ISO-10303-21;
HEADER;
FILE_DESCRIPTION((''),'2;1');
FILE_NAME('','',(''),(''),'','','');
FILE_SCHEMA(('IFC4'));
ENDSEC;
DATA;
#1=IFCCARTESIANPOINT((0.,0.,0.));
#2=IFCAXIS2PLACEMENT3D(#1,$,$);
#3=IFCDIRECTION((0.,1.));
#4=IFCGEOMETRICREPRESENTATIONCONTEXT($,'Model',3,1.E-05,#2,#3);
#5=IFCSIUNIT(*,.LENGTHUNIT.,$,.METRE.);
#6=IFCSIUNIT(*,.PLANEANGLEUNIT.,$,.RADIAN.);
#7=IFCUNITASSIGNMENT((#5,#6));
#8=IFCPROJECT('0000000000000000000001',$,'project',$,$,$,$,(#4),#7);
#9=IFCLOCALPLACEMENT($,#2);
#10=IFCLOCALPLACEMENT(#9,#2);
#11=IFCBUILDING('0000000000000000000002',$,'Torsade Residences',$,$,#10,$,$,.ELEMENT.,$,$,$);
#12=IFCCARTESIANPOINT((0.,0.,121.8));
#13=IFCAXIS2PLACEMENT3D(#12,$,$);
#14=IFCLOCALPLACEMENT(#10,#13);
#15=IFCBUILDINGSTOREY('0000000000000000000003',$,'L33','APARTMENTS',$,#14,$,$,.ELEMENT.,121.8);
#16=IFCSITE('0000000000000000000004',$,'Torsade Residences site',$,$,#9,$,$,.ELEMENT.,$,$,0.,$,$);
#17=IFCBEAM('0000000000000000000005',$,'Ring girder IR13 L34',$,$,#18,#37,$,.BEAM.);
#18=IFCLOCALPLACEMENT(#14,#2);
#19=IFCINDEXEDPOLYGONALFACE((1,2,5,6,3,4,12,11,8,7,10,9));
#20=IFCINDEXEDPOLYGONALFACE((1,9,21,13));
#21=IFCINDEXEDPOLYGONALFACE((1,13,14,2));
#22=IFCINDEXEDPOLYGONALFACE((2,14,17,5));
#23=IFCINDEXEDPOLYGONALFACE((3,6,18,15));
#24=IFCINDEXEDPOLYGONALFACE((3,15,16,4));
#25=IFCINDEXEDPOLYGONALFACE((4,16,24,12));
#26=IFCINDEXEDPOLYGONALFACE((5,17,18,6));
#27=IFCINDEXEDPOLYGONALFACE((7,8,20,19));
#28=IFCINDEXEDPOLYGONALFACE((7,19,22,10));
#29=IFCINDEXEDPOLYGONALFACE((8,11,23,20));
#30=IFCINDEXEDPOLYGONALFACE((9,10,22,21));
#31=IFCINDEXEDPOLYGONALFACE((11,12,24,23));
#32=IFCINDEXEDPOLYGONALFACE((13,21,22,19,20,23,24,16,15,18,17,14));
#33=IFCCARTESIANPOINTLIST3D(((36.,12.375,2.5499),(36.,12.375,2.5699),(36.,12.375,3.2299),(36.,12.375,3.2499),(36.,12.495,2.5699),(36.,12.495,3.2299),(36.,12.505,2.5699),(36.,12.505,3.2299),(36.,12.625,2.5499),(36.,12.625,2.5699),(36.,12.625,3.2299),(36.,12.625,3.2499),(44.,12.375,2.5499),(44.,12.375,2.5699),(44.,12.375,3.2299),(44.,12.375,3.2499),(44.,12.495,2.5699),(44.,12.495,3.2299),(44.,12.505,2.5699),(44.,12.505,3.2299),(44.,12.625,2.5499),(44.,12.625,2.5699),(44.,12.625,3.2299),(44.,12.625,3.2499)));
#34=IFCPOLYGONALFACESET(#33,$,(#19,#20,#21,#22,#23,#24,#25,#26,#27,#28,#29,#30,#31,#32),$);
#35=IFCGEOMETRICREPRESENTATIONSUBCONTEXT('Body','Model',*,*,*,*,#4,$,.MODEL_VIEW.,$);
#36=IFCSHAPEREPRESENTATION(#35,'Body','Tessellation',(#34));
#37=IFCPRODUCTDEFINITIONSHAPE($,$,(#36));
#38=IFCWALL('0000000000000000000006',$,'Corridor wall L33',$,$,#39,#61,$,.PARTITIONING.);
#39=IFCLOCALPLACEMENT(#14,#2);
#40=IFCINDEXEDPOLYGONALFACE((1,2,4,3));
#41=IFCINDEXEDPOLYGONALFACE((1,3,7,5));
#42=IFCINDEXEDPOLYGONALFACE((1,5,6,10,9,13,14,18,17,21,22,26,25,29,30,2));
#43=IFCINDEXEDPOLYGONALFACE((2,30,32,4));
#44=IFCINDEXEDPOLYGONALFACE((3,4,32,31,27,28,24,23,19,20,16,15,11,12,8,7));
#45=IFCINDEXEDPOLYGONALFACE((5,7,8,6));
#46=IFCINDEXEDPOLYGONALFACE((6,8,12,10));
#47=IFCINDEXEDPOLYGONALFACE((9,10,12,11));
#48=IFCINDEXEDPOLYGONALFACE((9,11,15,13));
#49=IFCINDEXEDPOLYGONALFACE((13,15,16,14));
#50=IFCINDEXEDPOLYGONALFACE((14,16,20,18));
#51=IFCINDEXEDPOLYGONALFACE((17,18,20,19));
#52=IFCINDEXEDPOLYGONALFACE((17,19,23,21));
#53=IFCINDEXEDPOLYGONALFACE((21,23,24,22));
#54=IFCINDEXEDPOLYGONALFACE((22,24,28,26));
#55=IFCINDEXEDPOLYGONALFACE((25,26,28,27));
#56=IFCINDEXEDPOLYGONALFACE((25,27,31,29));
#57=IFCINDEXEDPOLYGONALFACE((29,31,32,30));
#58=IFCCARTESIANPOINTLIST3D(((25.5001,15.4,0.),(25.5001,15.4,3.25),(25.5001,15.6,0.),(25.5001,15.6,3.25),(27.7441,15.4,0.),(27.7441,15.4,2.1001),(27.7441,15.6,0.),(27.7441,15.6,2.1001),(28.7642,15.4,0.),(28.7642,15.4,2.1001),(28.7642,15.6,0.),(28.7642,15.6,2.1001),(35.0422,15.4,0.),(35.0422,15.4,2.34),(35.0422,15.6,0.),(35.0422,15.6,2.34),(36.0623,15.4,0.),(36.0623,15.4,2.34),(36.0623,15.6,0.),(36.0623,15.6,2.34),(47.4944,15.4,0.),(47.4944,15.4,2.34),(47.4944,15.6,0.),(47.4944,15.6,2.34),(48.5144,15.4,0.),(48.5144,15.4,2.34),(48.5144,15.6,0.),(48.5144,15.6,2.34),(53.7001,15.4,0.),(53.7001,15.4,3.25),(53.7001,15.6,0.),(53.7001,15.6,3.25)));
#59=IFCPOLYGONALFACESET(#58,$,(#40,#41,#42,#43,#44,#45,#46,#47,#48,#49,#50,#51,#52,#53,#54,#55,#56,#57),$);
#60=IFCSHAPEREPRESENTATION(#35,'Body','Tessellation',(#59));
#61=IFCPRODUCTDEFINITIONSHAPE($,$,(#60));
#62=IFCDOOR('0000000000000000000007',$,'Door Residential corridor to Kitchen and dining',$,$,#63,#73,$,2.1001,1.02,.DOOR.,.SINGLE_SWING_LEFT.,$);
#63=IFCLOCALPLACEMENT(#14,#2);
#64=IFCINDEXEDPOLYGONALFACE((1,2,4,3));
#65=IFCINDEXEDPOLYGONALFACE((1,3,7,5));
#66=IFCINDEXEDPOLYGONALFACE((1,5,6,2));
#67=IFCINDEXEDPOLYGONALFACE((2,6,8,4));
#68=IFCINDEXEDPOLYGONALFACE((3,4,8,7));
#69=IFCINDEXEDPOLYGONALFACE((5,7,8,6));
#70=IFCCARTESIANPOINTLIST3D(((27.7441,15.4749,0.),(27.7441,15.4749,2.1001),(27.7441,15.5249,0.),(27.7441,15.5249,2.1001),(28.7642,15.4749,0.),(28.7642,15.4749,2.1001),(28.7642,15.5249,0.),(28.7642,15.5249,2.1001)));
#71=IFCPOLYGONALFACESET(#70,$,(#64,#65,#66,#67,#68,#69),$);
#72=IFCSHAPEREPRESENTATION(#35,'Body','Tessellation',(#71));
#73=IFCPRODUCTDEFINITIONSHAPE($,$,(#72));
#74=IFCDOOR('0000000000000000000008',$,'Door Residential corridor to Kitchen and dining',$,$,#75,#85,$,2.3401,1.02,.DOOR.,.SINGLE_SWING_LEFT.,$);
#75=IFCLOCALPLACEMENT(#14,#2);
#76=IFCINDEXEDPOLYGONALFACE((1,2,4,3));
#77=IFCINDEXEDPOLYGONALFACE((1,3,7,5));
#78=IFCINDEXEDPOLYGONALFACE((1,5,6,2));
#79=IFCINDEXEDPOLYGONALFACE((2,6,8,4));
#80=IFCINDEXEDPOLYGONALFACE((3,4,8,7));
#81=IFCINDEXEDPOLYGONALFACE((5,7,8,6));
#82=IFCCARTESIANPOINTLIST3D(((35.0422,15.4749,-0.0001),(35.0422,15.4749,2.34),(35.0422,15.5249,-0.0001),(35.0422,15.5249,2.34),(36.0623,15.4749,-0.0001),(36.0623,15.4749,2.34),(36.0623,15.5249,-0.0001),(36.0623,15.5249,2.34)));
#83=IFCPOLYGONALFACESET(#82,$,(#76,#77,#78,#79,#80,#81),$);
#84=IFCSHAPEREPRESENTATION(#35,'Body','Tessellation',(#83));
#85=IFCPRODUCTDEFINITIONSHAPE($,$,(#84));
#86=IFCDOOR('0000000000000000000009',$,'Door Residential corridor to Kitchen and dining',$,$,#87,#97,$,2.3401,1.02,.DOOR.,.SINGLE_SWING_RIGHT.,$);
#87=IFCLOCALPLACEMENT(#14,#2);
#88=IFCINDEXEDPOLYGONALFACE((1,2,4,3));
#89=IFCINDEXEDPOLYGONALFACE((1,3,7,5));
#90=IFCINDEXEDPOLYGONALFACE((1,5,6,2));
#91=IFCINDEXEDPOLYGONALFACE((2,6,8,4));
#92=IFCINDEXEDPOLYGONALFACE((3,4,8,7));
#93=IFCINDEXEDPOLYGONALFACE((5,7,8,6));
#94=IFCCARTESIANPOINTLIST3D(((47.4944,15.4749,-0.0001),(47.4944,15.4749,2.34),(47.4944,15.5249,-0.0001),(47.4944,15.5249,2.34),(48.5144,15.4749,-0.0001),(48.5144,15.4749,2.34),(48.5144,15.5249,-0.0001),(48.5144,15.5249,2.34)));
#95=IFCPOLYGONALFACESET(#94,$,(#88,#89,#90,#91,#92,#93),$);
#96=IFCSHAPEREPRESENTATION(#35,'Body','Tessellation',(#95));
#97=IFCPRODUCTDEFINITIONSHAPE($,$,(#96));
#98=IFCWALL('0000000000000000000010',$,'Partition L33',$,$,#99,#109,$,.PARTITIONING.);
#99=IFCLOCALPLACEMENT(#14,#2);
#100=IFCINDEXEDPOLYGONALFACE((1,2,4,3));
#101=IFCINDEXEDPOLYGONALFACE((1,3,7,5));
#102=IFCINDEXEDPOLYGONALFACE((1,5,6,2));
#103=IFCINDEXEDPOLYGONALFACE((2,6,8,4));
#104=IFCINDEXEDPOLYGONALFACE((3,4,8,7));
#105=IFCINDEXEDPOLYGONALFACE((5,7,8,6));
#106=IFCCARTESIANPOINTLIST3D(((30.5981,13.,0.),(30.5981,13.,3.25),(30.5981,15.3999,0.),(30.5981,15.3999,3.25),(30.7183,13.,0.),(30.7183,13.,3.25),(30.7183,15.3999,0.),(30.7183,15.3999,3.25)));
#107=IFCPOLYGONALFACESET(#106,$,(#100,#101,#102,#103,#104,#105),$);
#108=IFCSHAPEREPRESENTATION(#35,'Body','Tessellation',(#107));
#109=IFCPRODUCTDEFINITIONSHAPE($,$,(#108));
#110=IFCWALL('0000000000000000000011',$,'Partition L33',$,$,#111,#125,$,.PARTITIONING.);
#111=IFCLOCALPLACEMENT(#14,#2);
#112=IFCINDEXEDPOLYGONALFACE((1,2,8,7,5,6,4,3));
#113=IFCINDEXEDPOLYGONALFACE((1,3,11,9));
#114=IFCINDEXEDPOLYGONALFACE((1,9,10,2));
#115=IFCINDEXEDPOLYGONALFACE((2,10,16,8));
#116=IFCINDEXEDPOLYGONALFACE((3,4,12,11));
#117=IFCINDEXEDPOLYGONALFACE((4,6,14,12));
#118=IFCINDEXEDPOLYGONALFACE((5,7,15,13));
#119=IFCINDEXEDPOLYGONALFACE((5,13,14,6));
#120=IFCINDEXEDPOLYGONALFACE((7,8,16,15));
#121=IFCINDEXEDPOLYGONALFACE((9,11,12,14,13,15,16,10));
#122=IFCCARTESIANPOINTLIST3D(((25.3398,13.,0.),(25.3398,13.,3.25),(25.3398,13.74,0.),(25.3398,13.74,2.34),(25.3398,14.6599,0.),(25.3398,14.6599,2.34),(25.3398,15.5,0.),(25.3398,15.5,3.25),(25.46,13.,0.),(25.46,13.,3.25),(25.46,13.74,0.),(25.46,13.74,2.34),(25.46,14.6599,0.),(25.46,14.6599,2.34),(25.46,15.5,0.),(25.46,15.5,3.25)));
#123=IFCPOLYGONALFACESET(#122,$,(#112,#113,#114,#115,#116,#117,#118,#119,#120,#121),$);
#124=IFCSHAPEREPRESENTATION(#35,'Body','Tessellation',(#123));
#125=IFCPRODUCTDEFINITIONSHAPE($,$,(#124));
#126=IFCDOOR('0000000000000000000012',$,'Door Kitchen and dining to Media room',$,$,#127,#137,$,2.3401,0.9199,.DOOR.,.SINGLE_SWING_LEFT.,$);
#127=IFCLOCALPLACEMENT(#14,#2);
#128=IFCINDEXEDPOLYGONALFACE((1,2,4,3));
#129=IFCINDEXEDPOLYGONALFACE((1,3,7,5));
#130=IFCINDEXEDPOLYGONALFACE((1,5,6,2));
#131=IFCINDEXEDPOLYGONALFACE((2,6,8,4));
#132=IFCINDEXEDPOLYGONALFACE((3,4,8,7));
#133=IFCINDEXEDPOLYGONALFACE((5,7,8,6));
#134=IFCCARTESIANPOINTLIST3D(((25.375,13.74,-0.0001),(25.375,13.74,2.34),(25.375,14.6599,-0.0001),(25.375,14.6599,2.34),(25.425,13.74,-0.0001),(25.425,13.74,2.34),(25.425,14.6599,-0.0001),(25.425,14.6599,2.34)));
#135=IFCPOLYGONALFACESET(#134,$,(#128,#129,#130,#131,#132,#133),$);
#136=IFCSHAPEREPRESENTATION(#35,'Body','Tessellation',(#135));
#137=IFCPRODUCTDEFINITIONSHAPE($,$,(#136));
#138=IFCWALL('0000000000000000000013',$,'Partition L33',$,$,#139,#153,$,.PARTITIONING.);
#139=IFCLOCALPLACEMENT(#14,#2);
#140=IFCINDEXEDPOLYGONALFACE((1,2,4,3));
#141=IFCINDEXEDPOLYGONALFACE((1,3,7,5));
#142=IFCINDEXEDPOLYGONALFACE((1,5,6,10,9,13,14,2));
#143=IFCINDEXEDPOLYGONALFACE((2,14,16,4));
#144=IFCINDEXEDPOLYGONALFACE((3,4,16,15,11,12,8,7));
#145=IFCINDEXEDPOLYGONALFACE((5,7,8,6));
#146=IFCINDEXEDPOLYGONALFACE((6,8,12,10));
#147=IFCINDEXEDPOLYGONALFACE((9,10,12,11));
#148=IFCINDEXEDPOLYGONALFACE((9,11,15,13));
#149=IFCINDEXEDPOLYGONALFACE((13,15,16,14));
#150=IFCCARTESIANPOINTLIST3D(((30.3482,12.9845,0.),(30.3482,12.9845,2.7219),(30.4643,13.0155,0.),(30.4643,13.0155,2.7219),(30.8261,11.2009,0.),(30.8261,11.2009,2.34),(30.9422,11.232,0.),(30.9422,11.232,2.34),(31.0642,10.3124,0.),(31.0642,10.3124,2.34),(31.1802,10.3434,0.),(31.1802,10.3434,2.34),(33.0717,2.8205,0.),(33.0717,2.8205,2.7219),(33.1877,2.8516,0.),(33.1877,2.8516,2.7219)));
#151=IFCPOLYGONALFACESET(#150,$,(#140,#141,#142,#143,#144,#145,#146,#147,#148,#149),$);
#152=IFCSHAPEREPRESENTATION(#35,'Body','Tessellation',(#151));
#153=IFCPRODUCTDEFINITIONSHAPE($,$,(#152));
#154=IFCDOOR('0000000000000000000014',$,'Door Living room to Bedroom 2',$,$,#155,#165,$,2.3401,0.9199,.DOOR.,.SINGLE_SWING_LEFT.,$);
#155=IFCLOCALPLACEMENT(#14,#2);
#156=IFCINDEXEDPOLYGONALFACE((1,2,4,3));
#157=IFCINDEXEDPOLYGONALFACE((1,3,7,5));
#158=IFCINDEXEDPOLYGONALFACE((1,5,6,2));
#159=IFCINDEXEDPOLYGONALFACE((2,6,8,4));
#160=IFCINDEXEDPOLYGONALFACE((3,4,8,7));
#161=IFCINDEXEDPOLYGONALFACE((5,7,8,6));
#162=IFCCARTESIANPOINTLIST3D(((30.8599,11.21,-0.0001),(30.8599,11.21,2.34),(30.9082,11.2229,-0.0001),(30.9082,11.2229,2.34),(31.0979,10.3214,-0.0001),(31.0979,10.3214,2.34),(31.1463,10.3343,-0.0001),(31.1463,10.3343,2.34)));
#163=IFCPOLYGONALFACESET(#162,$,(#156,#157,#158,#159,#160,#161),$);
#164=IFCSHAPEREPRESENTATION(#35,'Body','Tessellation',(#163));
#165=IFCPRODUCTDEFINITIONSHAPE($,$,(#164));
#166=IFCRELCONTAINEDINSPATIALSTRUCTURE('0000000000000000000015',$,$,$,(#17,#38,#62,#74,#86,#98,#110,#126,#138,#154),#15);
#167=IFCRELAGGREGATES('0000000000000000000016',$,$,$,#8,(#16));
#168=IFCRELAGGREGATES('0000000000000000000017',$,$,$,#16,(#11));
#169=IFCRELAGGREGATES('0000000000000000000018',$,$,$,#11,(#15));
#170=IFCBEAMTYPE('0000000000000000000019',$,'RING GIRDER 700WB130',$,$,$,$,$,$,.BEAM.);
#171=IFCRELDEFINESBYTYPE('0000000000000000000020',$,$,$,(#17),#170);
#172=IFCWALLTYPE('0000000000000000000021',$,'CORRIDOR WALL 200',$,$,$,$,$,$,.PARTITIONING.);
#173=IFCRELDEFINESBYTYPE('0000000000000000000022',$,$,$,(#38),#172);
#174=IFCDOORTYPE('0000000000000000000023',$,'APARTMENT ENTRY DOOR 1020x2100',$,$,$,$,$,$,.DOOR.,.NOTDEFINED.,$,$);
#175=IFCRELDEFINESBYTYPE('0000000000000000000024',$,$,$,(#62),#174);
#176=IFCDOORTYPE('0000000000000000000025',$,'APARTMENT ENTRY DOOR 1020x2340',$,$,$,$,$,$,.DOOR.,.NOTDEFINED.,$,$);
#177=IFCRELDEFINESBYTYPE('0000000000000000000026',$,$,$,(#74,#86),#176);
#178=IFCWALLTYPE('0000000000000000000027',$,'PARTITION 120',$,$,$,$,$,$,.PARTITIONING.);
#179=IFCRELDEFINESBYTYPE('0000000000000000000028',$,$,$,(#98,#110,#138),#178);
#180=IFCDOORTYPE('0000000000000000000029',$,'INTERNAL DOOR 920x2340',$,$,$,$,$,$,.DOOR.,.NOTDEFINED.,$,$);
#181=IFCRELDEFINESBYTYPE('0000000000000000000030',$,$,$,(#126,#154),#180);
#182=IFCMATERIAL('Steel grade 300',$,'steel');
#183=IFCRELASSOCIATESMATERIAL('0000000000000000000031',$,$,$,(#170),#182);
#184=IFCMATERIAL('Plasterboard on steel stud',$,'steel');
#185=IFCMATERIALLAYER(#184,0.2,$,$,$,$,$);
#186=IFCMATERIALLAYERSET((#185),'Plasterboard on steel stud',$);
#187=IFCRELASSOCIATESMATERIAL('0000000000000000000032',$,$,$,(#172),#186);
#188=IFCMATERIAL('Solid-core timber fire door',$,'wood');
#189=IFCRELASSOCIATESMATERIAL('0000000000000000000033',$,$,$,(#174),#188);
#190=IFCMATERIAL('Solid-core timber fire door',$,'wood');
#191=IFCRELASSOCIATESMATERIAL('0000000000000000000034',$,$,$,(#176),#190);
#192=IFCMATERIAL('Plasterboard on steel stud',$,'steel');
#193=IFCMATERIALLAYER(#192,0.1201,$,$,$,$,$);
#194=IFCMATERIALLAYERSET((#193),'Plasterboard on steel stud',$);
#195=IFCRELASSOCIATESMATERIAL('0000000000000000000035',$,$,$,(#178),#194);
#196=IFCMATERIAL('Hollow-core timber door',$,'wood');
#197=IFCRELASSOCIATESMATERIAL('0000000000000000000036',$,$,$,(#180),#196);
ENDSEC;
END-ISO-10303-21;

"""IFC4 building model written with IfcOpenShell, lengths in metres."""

from ifc_helpers import new_model, si_unit, direction, frame, frame_2d, origin, origin_2d, place, context, subcontext, project, spatial, rectangle, i_section, extrude, material, layer, layer_set, material_profile, profile_set, type_object, element, fill, save


model = new_model("IFC4")

# Units and contexts
model_context = context("Model", 3, precision=1e-05, world=origin(), true_north=direction((0.0, 1.0)))
body_context = subcontext(model_context, "Body", "Model", "MODEL_VIEW")
ifc_project = project(units=[si_unit("LENGTHUNIT", "METRE"), si_unit("PLANEANGLEUNIT", "RADIAN")], contexts=[model_context])

# Site, building, storey
site_placement = place(None, origin())
site = spatial("IfcSite", under=ifc_project, at=site_placement, Name="Torsade Residences site", CompositionType="ELEMENT", RefElevation=0.0)
building_placement = place(site_placement, origin())
building = spatial("IfcBuilding", under=site, at=building_placement, Name="Torsade Residences", CompositionType="ELEMENT")
storey_placement = place(building_placement, frame((0.0, 0.0, 121.8)))
storey = spatial("IfcBuildingStorey", under=building, at=storey_placement, Name="L33", Description="APARTMENTS", CompositionType="ELEMENT", Elevation=121.8)

# Beam
ifc_material_1 = material(Name="Steel grade 300", Category="steel")
ifc_material_profile_1 = material_profile(ifc_material_1, i_section(OverallWidth=0.25, OverallDepth=0.7, WebThickness=0.01, FlangeThickness=0.02, at=origin_2d()), Name="700WB130")
ifc_profile_set_1 = profile_set([ifc_material_profile_1], Name="Steel grade 300")
beam_type_1 = type_object("IfcBeamType", Name="RING GIRDER 700WB130", PredefinedType="BEAM", material=ifc_profile_set_1)
beam_1_placement = place(storey_placement, frame((36.0, 12.5, 2.8999), z_axis=(1.0, 0.0, 0.0), x_axis=(0.0, 1.0, 0.0)))
element("IfcBeam", 1, at=beam_1_placement, inside=storey, type_object=beam_type_1, Name="Ring girder IR13 L34", PredefinedType="BEAM", context=body_context, shape_type="SweptSolid", body=[
    extrude(i_section(OverallWidth=0.25, OverallDepth=0.7, WebThickness=0.01, FlangeThickness=0.02, at=origin_2d()), origin(), (0.0, 0.0, 1.0), 8.0),
])

# Wall, openings, doors
ifc_material_2 = material(Name="Plasterboard on steel stud", Category="steel")
ifc_layer_1 = layer(ifc_material_2, 0.2)
ifc_layer_set_1 = layer_set([ifc_layer_1], Name="Plasterboard on steel stud")
wall_type_1 = type_object("IfcWallType", Name="CORRIDOR WALL 200", PredefinedType="PARTITIONING", material=ifc_layer_set_1)
wall_1_placement = place(storey_placement, frame((25.5, 15.5, 0.0), z_axis=(0.0, 0.0, 1.0), x_axis=(1.0, 0.0, 0.0)))
wall_1 = element("IfcWall", 2, at=wall_1_placement, inside=storey, type_object=wall_type_1, Name="Corridor wall L33", PredefinedType="PARTITIONING", context=body_context, shape_type="SweptSolid", body=[
    extrude(rectangle(XDim=28.2, YDim=0.2, at=frame_2d((14.1001, 0.0))), origin(), (0.0, 0.0, 1.0), 3.25),
])
opening_1_placement = place(wall_1_placement, frame((2.2441, 0.0, 0.0)))
opening_1 = element("IfcOpeningElement", 3, at=opening_1_placement, cuts=wall_1, PredefinedType="OPENING", context=body_context, shape_type="SweptSolid", body=[
    extrude(rectangle(XDim=1.02, YDim=2.1001, at=frame_2d((0.51, 1.05))), frame((0.0, 0.1099, 0.0), z_axis=(0.0, -1.0, 0.0), x_axis=(1.0, 0.0, 0.0)), (0.0, 0.0, 1.0), 0.22),
])
opening_2_placement = place(wall_1_placement, frame((9.5422, 0.0, 0.0)))
opening_2 = element("IfcOpeningElement", 4, at=opening_2_placement, cuts=wall_1, PredefinedType="OPENING", context=body_context, shape_type="SweptSolid", body=[
    extrude(rectangle(XDim=1.02, YDim=2.3401, at=frame_2d((0.51, 1.1699))), frame((0.0, 0.1099, 0.0), z_axis=(0.0, -1.0, 0.0), x_axis=(1.0, 0.0, 0.0)), (0.0, 0.0, 1.0), 0.22),
])
opening_3_placement = place(wall_1_placement, frame((21.9944, 0.0, 0.0)))
opening_3 = element("IfcOpeningElement", 5, at=opening_3_placement, cuts=wall_1, PredefinedType="OPENING", context=body_context, shape_type="SweptSolid", body=[
    extrude(rectangle(XDim=1.02, YDim=2.3401, at=frame_2d((0.51, 1.1699))), frame((0.0, 0.1099, 0.0), z_axis=(0.0, -1.0, 0.0), x_axis=(1.0, 0.0, 0.0)), (0.0, 0.0, 1.0), 0.22),
])
ifc_material_3 = material(Name="Solid-core timber fire door", Category="wood")
door_type_1 = type_object("IfcDoorType", Name="APARTMENT ENTRY DOOR 1020x2100", OperationType="NOTDEFINED", PredefinedType="DOOR", material=ifc_material_3)
door_1_placement = place(opening_1_placement, origin())
door_1 = element("IfcDoor", 6, at=door_1_placement, inside=storey, type_object=door_type_1, Name="Door Residential corridor to Kitchen and dining", OperationType="SINGLE_SWING_LEFT", OverallHeight=2.1001, OverallWidth=1.02, PredefinedType="DOOR", context=body_context, shape_type="SweptSolid", body=[
    extrude(rectangle(XDim=1.02, YDim=2.1001, at=frame_2d((0.51, 1.05))), frame((0.0, 0.0249, 0.0), z_axis=(0.0, -1.0, 0.0), x_axis=(1.0, 0.0, 0.0)), (0.0, 0.0, 1.0), 0.05),
])
fill(opening_1, door_1)
ifc_material_4 = material(Name="Solid-core timber fire door", Category="wood")
door_type_2 = type_object("IfcDoorType", Name="APARTMENT ENTRY DOOR 1020x2340", OperationType="NOTDEFINED", PredefinedType="DOOR", material=ifc_material_4)
door_2_placement = place(opening_2_placement, origin())
door_2 = element("IfcDoor", 7, at=door_2_placement, inside=storey, type_object=door_type_2, Name="Door Residential corridor to Kitchen and dining", OperationType="SINGLE_SWING_LEFT", OverallHeight=2.3401, OverallWidth=1.02, PredefinedType="DOOR", context=body_context, shape_type="SweptSolid", body=[
    extrude(rectangle(XDim=1.02, YDim=2.3401, at=frame_2d((0.51, 1.1699))), frame((0.0, 0.0249, 0.0), z_axis=(0.0, -1.0, 0.0), x_axis=(1.0, 0.0, 0.0)), (0.0, 0.0, 1.0), 0.05),
])
fill(opening_2, door_2)
door_3_placement = place(opening_3_placement, origin())
door_3 = element("IfcDoor", 8, at=door_3_placement, inside=storey, type_object=door_type_2, Name="Door Residential corridor to Kitchen and dining", OperationType="SINGLE_SWING_RIGHT", OverallHeight=2.3401, OverallWidth=1.02, PredefinedType="DOOR", context=body_context, shape_type="SweptSolid", body=[
    extrude(rectangle(XDim=1.02, YDim=2.3401, at=frame_2d((0.51, 1.1699))), frame((0.0, 0.0249, 0.0), z_axis=(0.0, -1.0, 0.0), x_axis=(1.0, 0.0, 0.0)), (0.0, 0.0, 1.0), 0.05),
])
fill(opening_3, door_3)

# Wall
ifc_material_5 = material(Name="Plasterboard on steel stud", Category="steel")
ifc_layer_2 = layer(ifc_material_5, 0.1201)
ifc_layer_set_2 = layer_set([ifc_layer_2], Name="Plasterboard on steel stud")
wall_type_2 = type_object("IfcWallType", Name="PARTITION 120", PredefinedType="PARTITIONING", material=ifc_layer_set_2)
wall_2_placement = place(storey_placement, frame((30.6582, 15.3999, 0.0), z_axis=(0.0, 0.0, 1.0), x_axis=(0.0, -1.0, 0.0)))
element("IfcWall", 9, at=wall_2_placement, inside=storey, type_object=wall_type_2, Name="Partition L33", PredefinedType="PARTITIONING", context=body_context, shape_type="SweptSolid", body=[
    extrude(rectangle(XDim=2.3999, YDim=0.1201, at=frame_2d((1.2, 0.0))), origin(), (0.0, 0.0, 1.0), 3.25),
])

# Walls, openings, doors
wall_3_placement = place(storey_placement, frame((25.3999, 13.0, 0.0), z_axis=(0.0, 0.0, 1.0), x_axis=(0.0, 1.0, 0.0)))
wall_3 = element("IfcWall", 10, at=wall_3_placement, inside=storey, type_object=wall_type_2, Name="Partition L33", PredefinedType="PARTITIONING", context=body_context, shape_type="SweptSolid", body=[
    extrude(rectangle(XDim=2.5, YDim=0.1201, at=frame_2d((1.25, 0.0))), origin(), (0.0, 0.0, 1.0), 3.25),
])
opening_4_placement = place(wall_3_placement, frame((0.74, 0.0, 0.0)))
opening_4 = element("IfcOpeningElement", 11, at=opening_4_placement, cuts=wall_3, PredefinedType="OPENING", context=body_context, shape_type="SweptSolid", body=[
    extrude(rectangle(XDim=0.9199, YDim=2.3401, at=frame_2d((0.46, 1.1699))), frame((0.0, 0.0701, 0.0), z_axis=(0.0, -1.0, 0.0), x_axis=(1.0, 0.0, 0.0)), (0.0, 0.0, 1.0), 0.1401),
])
ifc_material_6 = material(Name="Hollow-core timber door", Category="wood")
door_type_3 = type_object("IfcDoorType", Name="INTERNAL DOOR 920x2340", OperationType="NOTDEFINED", PredefinedType="DOOR", material=ifc_material_6)
door_4_placement = place(opening_4_placement, origin())
door_4 = element("IfcDoor", 12, at=door_4_placement, inside=storey, type_object=door_type_3, Name="Door Kitchen and dining to Media room", OperationType="SINGLE_SWING_LEFT", OverallHeight=2.3401, OverallWidth=0.9199, PredefinedType="DOOR", context=body_context, shape_type="SweptSolid", body=[
    extrude(rectangle(XDim=0.9199, YDim=2.3401, at=frame_2d((0.46, 1.1699))), frame((0.0, 0.0249, 0.0), z_axis=(0.0, -1.0, 0.0), x_axis=(1.0, 0.0, 0.0)), (0.0, 0.0, 1.0), 0.05),
])
fill(opening_4, door_4)
wall_4_placement = place(storey_placement, frame((30.4062, 13.0, 0.0), z_axis=(0.0, 0.0, 1.0), x_axis=(0.258819, -0.965926, 0.0)))
wall_4 = element("IfcWall", 13, at=wall_4_placement, inside=storey, type_object=wall_type_2, Name="Partition L33", PredefinedType="PARTITIONING", context=body_context, shape_type="SweptSolid", body=[
    extrude(rectangle(XDim=10.5225, YDim=0.1201, at=frame_2d((5.2612, 0.0))), origin(), (0.0, 0.0, 1.0), 2.7219),
])
opening_5_placement = place(wall_4_placement, frame((1.8464, 0.0, 0.0)))
opening_5 = element("IfcOpeningElement", 14, at=opening_5_placement, cuts=wall_4, PredefinedType="OPENING", context=body_context, shape_type="SweptSolid", body=[
    extrude(rectangle(XDim=0.9199, YDim=2.3401, at=frame_2d((0.46, 1.1699))), frame((0.0, 0.0701, 0.0), z_axis=(0.0, -1.0, 0.0), x_axis=(1.0, 0.0, 0.0)), (0.0, 0.0, 1.0), 0.1401),
])
door_5_placement = place(opening_5_placement, origin())
door_5 = element("IfcDoor", 15, at=door_5_placement, inside=storey, type_object=door_type_3, Name="Door Living room to Bedroom 2", OperationType="SINGLE_SWING_LEFT", OverallHeight=2.3401, OverallWidth=0.9199, PredefinedType="DOOR", context=body_context, shape_type="SweptSolid", body=[
    extrude(rectangle(XDim=0.9199, YDim=2.3401, at=frame_2d((0.46, 1.1699))), frame((0.0, 0.0249, 0.0), z_axis=(0.0, -1.0, 0.0), x_axis=(1.0, 0.0, 0.0)), (0.0, 0.0, 1.0), 0.05),
])
fill(opening_5, door_5)

save(model, "model.ifc")
